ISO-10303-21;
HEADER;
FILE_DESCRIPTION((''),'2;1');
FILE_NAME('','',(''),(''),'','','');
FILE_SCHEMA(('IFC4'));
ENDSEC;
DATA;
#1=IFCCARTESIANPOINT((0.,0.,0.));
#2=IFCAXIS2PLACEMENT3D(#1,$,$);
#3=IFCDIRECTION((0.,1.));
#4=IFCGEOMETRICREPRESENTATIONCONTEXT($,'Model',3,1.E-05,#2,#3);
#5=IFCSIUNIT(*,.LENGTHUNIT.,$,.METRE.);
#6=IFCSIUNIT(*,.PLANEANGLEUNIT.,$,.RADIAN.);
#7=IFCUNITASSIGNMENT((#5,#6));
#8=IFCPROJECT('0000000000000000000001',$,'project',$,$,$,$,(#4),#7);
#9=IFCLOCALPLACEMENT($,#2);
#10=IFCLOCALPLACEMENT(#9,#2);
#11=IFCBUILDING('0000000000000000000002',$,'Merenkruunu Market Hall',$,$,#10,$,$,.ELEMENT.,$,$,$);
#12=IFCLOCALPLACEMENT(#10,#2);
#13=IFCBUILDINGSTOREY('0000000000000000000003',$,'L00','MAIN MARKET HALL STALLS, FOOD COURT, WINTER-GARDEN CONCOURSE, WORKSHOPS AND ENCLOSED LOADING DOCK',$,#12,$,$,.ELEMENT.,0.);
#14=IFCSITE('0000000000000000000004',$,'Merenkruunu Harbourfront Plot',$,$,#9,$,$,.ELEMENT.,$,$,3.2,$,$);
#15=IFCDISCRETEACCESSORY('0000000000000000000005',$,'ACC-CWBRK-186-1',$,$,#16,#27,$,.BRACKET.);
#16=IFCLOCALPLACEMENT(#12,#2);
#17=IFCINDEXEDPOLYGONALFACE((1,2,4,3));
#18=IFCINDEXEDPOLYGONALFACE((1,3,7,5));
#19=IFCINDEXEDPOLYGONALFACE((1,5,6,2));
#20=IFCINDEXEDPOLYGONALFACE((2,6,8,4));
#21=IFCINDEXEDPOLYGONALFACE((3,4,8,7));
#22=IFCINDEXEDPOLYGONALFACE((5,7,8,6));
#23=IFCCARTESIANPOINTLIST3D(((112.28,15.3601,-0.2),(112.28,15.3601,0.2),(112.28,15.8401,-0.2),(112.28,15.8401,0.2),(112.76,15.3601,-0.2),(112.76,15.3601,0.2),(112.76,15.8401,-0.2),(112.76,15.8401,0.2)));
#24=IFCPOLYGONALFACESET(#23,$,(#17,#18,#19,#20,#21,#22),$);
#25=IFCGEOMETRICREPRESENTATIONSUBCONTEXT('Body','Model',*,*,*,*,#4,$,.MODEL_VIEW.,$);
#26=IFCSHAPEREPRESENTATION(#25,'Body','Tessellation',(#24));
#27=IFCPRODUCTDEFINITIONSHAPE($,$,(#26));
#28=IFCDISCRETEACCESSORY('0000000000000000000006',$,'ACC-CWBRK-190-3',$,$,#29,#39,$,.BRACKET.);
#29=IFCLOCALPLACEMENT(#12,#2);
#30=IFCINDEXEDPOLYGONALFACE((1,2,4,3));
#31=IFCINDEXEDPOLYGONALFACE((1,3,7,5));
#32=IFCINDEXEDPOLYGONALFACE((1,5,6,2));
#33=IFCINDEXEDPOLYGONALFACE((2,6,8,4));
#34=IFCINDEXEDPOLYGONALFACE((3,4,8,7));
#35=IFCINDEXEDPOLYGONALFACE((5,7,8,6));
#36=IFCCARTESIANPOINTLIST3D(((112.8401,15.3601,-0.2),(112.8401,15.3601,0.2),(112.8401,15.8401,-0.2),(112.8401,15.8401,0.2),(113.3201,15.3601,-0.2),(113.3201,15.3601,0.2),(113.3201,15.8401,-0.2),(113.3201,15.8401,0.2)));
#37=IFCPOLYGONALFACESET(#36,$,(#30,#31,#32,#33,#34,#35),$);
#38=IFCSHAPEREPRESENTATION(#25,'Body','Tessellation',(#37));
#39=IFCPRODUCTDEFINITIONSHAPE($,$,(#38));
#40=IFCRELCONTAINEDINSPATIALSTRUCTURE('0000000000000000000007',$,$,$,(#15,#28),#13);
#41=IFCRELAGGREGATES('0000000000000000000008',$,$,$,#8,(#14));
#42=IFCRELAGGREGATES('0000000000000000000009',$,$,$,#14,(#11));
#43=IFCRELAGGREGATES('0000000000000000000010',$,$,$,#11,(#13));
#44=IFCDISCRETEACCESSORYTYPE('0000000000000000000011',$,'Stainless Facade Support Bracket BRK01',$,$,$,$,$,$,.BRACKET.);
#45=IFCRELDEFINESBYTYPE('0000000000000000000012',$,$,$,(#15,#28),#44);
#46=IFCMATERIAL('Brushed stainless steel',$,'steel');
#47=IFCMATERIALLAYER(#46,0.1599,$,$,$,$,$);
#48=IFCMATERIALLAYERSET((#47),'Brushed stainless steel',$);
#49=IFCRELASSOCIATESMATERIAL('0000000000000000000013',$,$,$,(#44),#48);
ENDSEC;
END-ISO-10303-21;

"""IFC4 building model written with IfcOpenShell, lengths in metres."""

from ifc_helpers import new_model, si_unit, direction, frame, origin, origin_2d, place, context, subcontext, project, spatial, rectangle, extrude, material, layer, layer_set, type_object, element, save


model = new_model("IFC4")

# Units and contexts
model_context = context("Model", 3, precision=1e-05, world=origin(), true_north=direction((0.0, 1.0)))
body_context = subcontext(model_context, "Body", "Model", "MODEL_VIEW")
ifc_project = project(units=[si_unit("LENGTHUNIT", "METRE"), si_unit("PLANEANGLEUNIT", "RADIAN")], contexts=[model_context])

# Site, building, storey
site_placement = place(None, origin())
site = spatial("IfcSite", under=ifc_project, at=site_placement, Name="Merenkruunu Harbourfront Plot", CompositionType="ELEMENT", RefElevation=3.2)
building_placement = place(site_placement, origin())
building = spatial("IfcBuilding", under=site, at=building_placement, Name="Merenkruunu Market Hall", CompositionType="ELEMENT")
storey_placement = place(building_placement, origin())
storey = spatial("IfcBuildingStorey", under=building, at=storey_placement, Name="L00", Description="MAIN MARKET HALL STALLS, FOOD COURT, WINTER-GARDEN CONCOURSE, WORKSHOPS AND ENCLOSED LOADING DOCK", CompositionType="ELEMENT", Elevation=0.0)

# Shared definitions
ifc_material_1 = material(Name="Brushed stainless steel", Category="steel")

# Discrete accessories
ifc_layer_1 = layer(ifc_material_1, 0.1599)
ifc_layer_set_1 = layer_set([ifc_layer_1], Name="Brushed stainless steel")
discrete_accessory_type = type_object("IfcDiscreteAccessoryType", Name="Stainless Facade Support Bracket BRK01", PredefinedType="BRACKET", material=ifc_layer_set_1)
for number, where, z_axis, x_axis, name in (
    (1, (112.52, 15.6001, -0.2), (0.0, 0.0, 1.0), (1.0, 0.0, 0.0), "ACC-CWBRK-186-1"),
    (2, (113.0801, 15.6001, -0.2), (0.0, 0.0, 1.0), (1.0, 0.0, 0.0), "ACC-CWBRK-190-3"),
):
    element("IfcDiscreteAccessory", number, at=place(storey_placement, frame(where, z_axis=z_axis, x_axis=x_axis)), inside=storey, type_object=discrete_accessory_type, Name=name, PredefinedType="BRACKET", context=body_context, shape_type="SweptSolid", body=[
        extrude(rectangle(XDim=0.48, YDim=0.48, at=origin_2d()), origin(), (0.0, 0.0, 1.0), 0.3999),
    ])

save(model, "model.ifc")
